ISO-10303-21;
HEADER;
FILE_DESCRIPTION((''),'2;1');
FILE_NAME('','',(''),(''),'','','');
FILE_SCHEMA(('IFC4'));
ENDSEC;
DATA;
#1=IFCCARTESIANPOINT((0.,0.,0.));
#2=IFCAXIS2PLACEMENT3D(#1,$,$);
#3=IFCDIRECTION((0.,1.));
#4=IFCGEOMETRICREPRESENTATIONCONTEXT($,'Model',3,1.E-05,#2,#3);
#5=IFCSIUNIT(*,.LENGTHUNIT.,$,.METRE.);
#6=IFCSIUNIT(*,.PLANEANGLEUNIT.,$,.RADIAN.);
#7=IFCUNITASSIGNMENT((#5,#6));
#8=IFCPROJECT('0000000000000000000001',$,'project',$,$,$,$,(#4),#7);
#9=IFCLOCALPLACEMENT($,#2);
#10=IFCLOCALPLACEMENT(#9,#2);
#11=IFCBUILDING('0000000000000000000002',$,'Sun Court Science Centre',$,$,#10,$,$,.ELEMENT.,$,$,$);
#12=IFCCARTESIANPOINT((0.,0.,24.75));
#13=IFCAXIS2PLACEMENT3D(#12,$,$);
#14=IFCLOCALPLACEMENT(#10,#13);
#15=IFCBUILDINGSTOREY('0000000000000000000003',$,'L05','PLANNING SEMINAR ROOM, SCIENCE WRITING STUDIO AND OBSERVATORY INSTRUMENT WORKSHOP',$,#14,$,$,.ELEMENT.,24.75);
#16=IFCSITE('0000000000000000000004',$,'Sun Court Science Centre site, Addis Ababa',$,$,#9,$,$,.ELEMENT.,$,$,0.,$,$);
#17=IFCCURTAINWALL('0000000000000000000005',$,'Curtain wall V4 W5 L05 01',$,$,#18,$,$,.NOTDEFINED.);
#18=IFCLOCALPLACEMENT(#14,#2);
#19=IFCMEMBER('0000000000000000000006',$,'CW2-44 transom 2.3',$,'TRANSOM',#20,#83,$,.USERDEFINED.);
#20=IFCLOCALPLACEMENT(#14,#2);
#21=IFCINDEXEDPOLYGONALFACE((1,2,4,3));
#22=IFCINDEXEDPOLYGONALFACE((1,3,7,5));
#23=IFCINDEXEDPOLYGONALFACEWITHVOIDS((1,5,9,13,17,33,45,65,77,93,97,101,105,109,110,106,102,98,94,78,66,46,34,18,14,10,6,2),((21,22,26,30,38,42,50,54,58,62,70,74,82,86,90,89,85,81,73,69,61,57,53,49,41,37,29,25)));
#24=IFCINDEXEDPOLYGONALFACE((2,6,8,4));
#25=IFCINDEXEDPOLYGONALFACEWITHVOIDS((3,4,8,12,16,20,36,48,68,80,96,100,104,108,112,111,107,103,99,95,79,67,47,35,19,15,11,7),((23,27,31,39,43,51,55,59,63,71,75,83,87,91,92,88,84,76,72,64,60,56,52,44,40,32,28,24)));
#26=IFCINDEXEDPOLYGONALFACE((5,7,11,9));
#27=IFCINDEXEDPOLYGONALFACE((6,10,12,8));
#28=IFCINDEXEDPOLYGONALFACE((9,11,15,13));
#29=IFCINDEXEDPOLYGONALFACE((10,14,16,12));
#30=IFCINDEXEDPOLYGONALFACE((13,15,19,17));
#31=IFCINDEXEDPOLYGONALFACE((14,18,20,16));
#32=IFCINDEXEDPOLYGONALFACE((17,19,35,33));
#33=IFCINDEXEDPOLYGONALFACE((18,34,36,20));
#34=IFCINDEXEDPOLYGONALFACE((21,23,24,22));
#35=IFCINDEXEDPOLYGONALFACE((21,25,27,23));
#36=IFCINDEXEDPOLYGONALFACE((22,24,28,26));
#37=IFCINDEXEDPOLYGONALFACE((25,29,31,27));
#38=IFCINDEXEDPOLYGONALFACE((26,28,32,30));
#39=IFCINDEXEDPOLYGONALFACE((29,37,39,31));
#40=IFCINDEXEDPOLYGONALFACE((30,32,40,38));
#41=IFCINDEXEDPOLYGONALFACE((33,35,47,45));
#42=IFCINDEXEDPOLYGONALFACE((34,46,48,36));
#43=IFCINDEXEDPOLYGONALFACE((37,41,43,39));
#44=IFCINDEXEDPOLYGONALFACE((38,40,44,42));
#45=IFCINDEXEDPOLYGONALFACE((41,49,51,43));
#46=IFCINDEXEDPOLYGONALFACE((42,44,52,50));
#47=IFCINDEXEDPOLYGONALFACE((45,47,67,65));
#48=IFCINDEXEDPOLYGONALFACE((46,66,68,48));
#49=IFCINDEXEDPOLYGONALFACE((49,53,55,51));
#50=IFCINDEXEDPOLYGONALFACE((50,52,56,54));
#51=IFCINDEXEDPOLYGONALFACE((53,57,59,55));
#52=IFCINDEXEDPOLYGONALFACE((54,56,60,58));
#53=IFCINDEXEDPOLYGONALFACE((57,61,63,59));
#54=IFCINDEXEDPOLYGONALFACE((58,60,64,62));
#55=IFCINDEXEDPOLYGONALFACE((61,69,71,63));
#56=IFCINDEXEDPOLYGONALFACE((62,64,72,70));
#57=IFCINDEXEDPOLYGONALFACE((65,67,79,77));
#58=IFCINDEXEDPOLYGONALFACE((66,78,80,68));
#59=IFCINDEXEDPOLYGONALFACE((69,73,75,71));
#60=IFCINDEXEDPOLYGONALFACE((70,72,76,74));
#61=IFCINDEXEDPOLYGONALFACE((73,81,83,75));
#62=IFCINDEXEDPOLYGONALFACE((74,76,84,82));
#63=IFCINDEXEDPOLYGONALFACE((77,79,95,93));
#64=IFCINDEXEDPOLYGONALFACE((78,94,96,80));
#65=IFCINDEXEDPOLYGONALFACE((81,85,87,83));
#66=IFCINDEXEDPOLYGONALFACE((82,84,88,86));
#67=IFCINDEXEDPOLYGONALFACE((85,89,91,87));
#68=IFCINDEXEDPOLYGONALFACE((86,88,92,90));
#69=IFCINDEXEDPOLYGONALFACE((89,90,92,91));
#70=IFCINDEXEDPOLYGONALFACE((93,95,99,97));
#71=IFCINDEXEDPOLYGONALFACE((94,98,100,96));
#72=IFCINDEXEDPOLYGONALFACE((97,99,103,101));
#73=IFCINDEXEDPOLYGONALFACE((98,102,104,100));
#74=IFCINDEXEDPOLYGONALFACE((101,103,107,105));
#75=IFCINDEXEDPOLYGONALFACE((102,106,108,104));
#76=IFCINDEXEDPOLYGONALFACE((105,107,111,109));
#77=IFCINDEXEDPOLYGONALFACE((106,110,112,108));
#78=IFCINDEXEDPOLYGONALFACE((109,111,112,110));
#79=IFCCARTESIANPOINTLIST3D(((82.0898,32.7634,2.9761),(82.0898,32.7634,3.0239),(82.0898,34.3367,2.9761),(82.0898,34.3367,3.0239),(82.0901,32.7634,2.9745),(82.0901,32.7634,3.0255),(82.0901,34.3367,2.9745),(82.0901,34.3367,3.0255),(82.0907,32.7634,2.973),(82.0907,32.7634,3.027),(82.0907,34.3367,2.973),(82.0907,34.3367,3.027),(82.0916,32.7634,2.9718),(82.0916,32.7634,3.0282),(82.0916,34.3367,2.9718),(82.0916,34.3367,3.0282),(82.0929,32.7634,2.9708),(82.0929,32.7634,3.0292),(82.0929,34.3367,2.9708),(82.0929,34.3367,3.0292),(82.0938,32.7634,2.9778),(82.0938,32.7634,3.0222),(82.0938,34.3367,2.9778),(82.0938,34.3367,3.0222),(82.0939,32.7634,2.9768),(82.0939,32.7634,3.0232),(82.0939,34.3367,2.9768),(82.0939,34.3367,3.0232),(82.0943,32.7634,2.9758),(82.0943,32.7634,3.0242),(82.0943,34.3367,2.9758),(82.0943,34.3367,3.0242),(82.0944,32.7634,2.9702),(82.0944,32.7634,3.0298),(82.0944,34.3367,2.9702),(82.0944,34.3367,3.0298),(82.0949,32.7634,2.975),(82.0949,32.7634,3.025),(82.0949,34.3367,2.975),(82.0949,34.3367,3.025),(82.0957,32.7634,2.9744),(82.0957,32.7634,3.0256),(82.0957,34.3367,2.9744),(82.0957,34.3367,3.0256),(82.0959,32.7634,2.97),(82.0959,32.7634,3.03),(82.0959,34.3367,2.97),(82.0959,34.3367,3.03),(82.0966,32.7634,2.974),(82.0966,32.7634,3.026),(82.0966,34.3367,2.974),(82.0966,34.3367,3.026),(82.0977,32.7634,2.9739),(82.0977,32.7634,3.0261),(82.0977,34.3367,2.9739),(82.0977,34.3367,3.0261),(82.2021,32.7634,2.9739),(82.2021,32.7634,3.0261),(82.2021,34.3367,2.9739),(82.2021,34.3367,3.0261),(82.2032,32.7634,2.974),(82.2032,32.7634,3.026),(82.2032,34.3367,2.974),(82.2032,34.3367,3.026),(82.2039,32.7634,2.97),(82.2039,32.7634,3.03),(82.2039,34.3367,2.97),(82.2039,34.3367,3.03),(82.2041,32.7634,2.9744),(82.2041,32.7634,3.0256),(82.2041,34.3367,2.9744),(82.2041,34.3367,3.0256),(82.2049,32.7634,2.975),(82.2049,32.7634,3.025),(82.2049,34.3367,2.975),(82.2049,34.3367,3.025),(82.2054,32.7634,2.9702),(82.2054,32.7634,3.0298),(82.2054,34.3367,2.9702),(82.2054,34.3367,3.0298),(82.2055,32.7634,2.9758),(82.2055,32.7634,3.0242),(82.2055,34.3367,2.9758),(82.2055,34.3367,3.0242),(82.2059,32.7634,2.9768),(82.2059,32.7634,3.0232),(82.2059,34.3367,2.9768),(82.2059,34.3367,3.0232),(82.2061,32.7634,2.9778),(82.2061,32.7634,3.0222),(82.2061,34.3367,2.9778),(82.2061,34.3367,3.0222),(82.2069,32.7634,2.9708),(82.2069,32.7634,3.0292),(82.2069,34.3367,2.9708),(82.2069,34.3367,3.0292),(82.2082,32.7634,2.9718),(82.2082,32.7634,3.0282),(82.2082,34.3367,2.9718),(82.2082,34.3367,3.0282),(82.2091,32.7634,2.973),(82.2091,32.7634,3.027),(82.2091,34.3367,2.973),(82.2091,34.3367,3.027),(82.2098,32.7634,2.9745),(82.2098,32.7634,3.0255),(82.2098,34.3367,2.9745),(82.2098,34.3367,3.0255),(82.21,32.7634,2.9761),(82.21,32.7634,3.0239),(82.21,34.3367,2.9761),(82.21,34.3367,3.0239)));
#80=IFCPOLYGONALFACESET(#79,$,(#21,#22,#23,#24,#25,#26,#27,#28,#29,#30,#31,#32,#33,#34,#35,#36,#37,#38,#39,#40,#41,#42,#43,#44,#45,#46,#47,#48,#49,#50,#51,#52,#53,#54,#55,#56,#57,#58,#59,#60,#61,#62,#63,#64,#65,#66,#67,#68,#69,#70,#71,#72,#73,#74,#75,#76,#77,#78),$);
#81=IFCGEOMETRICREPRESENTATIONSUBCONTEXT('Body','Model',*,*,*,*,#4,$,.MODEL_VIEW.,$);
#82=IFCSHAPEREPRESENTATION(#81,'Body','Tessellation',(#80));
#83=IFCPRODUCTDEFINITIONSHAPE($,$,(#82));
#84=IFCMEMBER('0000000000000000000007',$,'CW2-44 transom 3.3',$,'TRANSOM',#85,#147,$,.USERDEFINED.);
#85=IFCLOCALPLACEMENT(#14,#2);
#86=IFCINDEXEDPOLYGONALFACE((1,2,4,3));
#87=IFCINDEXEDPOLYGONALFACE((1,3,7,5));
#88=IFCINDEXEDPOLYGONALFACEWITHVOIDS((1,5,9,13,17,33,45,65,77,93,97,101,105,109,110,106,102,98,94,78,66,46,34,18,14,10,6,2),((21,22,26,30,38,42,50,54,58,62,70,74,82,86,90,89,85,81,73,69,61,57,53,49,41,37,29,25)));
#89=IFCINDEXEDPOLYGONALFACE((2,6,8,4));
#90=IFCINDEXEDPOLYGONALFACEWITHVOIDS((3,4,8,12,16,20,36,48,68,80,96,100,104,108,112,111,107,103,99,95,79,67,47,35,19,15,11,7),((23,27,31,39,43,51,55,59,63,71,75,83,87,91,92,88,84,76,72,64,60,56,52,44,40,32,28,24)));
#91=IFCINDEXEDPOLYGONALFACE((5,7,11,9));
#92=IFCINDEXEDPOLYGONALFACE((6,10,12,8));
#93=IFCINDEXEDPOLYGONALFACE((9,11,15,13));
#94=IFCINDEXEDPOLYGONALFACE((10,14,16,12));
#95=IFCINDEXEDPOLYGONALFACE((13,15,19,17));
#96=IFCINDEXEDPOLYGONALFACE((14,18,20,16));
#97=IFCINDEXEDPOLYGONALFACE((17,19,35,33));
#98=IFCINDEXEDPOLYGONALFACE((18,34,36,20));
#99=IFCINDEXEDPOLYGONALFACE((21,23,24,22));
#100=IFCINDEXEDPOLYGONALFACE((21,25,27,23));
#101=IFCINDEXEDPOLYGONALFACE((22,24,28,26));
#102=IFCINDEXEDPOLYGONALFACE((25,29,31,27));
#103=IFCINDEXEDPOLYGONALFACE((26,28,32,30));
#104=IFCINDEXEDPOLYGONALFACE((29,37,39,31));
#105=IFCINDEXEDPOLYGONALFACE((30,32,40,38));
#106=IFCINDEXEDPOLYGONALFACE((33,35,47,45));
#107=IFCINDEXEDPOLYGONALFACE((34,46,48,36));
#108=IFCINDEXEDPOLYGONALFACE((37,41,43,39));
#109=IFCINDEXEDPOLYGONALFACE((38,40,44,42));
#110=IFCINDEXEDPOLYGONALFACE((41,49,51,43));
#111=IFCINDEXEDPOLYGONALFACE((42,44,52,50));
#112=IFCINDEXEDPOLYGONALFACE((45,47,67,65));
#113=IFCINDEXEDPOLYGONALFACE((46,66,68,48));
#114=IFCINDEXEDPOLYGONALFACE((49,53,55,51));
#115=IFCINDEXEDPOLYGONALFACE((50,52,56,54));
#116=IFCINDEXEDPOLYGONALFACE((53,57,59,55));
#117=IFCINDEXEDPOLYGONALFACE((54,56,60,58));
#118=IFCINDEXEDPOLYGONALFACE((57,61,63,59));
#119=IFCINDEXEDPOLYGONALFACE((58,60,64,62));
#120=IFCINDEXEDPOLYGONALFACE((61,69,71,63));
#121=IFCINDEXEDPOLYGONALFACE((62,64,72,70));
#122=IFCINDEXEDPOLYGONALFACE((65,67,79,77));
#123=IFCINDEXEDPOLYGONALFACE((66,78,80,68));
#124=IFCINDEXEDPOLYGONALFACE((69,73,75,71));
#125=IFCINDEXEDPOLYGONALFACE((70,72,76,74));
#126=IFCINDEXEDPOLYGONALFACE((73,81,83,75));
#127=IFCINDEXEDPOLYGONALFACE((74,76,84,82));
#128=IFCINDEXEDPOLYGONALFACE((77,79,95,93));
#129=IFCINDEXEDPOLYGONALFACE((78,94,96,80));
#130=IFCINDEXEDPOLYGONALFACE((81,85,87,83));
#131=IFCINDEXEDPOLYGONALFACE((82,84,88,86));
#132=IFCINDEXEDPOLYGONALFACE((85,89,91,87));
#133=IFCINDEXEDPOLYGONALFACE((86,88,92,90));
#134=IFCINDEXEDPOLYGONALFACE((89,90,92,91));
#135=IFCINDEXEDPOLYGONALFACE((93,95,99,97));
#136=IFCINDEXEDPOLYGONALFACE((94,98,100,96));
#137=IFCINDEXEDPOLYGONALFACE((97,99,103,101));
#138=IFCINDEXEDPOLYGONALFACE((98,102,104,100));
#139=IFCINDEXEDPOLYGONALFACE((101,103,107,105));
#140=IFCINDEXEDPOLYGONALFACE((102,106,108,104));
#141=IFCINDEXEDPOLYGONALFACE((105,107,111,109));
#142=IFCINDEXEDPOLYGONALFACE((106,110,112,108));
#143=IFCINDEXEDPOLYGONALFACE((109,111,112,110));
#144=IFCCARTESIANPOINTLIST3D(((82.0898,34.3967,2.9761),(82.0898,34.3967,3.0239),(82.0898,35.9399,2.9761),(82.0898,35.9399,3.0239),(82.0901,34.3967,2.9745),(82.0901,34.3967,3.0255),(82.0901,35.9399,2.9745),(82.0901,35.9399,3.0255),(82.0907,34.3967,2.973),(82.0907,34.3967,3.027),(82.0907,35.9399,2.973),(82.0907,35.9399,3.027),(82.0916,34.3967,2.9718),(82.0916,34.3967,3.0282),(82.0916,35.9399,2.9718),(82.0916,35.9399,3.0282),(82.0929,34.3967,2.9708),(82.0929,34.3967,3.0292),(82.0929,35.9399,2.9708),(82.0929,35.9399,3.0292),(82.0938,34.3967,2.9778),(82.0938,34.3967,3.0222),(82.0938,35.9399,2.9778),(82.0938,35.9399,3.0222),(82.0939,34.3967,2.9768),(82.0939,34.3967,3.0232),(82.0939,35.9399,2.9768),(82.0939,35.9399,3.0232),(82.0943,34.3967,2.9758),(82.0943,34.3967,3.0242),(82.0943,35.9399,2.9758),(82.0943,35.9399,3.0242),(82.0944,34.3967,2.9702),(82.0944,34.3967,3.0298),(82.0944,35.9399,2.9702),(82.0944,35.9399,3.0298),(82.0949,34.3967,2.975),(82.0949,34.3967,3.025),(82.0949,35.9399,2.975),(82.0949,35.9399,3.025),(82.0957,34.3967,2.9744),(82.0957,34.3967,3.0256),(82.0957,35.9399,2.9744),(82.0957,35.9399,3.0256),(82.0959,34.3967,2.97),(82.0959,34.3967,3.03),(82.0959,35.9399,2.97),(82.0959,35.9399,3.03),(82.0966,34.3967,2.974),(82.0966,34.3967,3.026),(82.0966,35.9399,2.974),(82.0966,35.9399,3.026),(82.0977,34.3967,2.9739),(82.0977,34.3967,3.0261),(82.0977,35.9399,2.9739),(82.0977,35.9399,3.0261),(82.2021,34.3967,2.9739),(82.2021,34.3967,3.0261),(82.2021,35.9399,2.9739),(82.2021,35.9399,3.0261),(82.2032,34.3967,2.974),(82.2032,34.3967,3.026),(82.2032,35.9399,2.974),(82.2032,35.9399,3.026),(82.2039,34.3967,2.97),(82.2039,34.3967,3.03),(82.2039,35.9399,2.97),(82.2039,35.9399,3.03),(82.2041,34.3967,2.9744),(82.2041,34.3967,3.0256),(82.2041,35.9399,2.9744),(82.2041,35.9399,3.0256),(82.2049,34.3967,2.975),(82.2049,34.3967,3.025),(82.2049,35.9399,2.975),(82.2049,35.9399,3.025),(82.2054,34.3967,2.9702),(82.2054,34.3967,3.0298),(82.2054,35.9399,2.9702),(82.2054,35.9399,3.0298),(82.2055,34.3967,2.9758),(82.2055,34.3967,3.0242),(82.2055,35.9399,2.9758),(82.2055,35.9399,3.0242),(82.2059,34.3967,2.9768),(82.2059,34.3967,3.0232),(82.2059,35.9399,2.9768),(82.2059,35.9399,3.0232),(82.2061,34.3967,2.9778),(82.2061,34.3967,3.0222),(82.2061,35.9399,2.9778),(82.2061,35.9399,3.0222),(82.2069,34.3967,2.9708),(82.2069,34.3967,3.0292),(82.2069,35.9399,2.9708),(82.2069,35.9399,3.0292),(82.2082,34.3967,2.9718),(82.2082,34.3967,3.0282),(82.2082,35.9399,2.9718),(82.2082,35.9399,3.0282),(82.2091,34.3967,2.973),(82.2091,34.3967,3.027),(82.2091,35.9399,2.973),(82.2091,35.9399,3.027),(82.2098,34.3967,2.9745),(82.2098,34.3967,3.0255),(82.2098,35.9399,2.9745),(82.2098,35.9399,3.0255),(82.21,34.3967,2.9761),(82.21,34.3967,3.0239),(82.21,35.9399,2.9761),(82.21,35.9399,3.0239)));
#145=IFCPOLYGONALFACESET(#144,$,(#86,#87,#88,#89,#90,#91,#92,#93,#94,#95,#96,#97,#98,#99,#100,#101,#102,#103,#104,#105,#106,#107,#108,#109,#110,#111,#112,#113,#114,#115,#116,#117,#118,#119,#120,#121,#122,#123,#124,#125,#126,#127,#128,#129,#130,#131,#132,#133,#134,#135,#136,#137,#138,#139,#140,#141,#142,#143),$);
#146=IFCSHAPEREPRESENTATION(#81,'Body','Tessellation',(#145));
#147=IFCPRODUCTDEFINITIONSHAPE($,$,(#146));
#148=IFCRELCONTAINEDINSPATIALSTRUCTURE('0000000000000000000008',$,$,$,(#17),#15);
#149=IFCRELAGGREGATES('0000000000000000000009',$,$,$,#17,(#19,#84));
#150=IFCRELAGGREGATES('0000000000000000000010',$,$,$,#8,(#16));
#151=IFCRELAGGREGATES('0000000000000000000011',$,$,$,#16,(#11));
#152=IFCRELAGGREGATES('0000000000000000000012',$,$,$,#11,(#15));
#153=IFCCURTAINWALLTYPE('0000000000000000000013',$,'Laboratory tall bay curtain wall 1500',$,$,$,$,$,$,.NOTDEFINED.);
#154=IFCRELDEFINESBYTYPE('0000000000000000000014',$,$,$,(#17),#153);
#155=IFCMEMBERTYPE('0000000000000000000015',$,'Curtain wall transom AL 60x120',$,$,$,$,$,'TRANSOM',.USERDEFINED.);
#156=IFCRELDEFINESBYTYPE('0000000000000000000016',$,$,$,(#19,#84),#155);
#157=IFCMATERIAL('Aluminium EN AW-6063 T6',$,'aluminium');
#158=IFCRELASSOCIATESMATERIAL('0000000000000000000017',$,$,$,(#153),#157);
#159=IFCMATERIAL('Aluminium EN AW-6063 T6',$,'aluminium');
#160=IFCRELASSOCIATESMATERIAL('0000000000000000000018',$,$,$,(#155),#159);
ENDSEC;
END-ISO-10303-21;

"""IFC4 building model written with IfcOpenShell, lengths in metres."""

from ifc_helpers import new_model, si_unit, direction, frame, origin, origin_2d, place, context, subcontext, project, spatial, hollow_rectangle, extrude, material, material_profile, profile_set, type_object, element, aggregate, save


model = new_model("IFC4")

# Units and contexts
model_context = context("Model", 3, precision=1e-05, world=origin(), true_north=direction((0.0, 1.0)))
body_context = subcontext(model_context, "Body", "Model", "MODEL_VIEW")
ifc_project = project(units=[si_unit("LENGTHUNIT", "METRE"), si_unit("PLANEANGLEUNIT", "RADIAN")], contexts=[model_context])

# Site, building, storey
site_placement = place(None, origin())
site = spatial("IfcSite", under=ifc_project, at=site_placement, Name="Sun Court Science Centre site, Addis Ababa", CompositionType="ELEMENT", RefElevation=0.0)
building_placement = place(site_placement, origin())
building = spatial("IfcBuilding", under=site, at=building_placement, Name="Sun Court Science Centre", CompositionType="ELEMENT")
storey_placement = place(building_placement, frame((0.0, 0.0, 24.75)))
storey = spatial("IfcBuildingStorey", under=building, at=storey_placement, Name="L05", Description="PLANNING SEMINAR ROOM, SCIENCE WRITING STUDIO AND OBSERVATORY INSTRUMENT WORKSHOP", CompositionType="ELEMENT", Elevation=24.75)

# Curtain wall
ifc_material_1 = material(Name="Aluminium EN AW-6063 T6", Category="aluminium")
curtain_wall_type = type_object("IfcCurtainWallType", Name="Laboratory tall bay curtain wall 1500", PredefinedType="NOTDEFINED", material=ifc_material_1)
curtain_wall_1_placement = place(storey_placement, origin())
curtain_wall_1 = element("IfcCurtainWall", 1, at=curtain_wall_1_placement, inside=storey, type_object=curtain_wall_type, Name="Curtain wall V4 W5 L05 01", PredefinedType="NOTDEFINED")

# Members
ifc_material_2 = material(Name="Aluminium EN AW-6063 T6", Category="aluminium")
ifc_material_profile_1 = material_profile(ifc_material_2, hollow_rectangle(XDim=0.0601, YDim=0.1201, WallThickness=0.0039, InnerFilletRadius=0.0039, OuterFilletRadius=0.0061, at=origin_2d()), Name="AL 60x120x4")
ifc_profile_set_1 = profile_set([ifc_material_profile_1], Name="Aluminium EN AW-6063 T6")
member_type_1 = type_object("IfcMemberType", Name="Curtain wall transom AL 60x120", ElementType="TRANSOM", PredefinedType="USERDEFINED", material=ifc_profile_set_1)
member_1_placement = place(storey_placement, frame((82.1499, 32.7634, 3.0), z_axis=(0.0, 1.0, 0.0), x_axis=(0.0, 0.0, 1.0)))
member_1 = element("IfcMember", 2, at=member_1_placement, type_object=member_type_1, Name="CW2-44 transom 2.3", ObjectType="TRANSOM", PredefinedType="USERDEFINED", context=body_context, shape_type="SweptSolid", body=[
    extrude(hollow_rectangle(XDim=0.0601, YDim=0.1201, WallThickness=0.0039, InnerFilletRadius=0.0039, OuterFilletRadius=0.0061, at=origin_2d()), origin(), (0.0, 0.0, 1.0), 1.5732),
])
member_2_placement = place(storey_placement, frame((82.1499, 34.3967, 3.0), z_axis=(0.0, 1.0, 0.0), x_axis=(0.0, 0.0, 1.0)))
member_2 = element("IfcMember", 3, at=member_2_placement, type_object=member_type_1, Name="CW2-44 transom 3.3", ObjectType="TRANSOM", PredefinedType="USERDEFINED", context=body_context, shape_type="SweptSolid", body=[
    extrude(hollow_rectangle(XDim=0.0601, YDim=0.1201, WallThickness=0.0039, InnerFilletRadius=0.0039, OuterFilletRadius=0.0061, at=origin_2d()), origin(), (0.0, 0.0, 1.0), 1.5432),
])

aggregate(curtain_wall_1, [member_1, member_2])

save(model, "model.ifc")
